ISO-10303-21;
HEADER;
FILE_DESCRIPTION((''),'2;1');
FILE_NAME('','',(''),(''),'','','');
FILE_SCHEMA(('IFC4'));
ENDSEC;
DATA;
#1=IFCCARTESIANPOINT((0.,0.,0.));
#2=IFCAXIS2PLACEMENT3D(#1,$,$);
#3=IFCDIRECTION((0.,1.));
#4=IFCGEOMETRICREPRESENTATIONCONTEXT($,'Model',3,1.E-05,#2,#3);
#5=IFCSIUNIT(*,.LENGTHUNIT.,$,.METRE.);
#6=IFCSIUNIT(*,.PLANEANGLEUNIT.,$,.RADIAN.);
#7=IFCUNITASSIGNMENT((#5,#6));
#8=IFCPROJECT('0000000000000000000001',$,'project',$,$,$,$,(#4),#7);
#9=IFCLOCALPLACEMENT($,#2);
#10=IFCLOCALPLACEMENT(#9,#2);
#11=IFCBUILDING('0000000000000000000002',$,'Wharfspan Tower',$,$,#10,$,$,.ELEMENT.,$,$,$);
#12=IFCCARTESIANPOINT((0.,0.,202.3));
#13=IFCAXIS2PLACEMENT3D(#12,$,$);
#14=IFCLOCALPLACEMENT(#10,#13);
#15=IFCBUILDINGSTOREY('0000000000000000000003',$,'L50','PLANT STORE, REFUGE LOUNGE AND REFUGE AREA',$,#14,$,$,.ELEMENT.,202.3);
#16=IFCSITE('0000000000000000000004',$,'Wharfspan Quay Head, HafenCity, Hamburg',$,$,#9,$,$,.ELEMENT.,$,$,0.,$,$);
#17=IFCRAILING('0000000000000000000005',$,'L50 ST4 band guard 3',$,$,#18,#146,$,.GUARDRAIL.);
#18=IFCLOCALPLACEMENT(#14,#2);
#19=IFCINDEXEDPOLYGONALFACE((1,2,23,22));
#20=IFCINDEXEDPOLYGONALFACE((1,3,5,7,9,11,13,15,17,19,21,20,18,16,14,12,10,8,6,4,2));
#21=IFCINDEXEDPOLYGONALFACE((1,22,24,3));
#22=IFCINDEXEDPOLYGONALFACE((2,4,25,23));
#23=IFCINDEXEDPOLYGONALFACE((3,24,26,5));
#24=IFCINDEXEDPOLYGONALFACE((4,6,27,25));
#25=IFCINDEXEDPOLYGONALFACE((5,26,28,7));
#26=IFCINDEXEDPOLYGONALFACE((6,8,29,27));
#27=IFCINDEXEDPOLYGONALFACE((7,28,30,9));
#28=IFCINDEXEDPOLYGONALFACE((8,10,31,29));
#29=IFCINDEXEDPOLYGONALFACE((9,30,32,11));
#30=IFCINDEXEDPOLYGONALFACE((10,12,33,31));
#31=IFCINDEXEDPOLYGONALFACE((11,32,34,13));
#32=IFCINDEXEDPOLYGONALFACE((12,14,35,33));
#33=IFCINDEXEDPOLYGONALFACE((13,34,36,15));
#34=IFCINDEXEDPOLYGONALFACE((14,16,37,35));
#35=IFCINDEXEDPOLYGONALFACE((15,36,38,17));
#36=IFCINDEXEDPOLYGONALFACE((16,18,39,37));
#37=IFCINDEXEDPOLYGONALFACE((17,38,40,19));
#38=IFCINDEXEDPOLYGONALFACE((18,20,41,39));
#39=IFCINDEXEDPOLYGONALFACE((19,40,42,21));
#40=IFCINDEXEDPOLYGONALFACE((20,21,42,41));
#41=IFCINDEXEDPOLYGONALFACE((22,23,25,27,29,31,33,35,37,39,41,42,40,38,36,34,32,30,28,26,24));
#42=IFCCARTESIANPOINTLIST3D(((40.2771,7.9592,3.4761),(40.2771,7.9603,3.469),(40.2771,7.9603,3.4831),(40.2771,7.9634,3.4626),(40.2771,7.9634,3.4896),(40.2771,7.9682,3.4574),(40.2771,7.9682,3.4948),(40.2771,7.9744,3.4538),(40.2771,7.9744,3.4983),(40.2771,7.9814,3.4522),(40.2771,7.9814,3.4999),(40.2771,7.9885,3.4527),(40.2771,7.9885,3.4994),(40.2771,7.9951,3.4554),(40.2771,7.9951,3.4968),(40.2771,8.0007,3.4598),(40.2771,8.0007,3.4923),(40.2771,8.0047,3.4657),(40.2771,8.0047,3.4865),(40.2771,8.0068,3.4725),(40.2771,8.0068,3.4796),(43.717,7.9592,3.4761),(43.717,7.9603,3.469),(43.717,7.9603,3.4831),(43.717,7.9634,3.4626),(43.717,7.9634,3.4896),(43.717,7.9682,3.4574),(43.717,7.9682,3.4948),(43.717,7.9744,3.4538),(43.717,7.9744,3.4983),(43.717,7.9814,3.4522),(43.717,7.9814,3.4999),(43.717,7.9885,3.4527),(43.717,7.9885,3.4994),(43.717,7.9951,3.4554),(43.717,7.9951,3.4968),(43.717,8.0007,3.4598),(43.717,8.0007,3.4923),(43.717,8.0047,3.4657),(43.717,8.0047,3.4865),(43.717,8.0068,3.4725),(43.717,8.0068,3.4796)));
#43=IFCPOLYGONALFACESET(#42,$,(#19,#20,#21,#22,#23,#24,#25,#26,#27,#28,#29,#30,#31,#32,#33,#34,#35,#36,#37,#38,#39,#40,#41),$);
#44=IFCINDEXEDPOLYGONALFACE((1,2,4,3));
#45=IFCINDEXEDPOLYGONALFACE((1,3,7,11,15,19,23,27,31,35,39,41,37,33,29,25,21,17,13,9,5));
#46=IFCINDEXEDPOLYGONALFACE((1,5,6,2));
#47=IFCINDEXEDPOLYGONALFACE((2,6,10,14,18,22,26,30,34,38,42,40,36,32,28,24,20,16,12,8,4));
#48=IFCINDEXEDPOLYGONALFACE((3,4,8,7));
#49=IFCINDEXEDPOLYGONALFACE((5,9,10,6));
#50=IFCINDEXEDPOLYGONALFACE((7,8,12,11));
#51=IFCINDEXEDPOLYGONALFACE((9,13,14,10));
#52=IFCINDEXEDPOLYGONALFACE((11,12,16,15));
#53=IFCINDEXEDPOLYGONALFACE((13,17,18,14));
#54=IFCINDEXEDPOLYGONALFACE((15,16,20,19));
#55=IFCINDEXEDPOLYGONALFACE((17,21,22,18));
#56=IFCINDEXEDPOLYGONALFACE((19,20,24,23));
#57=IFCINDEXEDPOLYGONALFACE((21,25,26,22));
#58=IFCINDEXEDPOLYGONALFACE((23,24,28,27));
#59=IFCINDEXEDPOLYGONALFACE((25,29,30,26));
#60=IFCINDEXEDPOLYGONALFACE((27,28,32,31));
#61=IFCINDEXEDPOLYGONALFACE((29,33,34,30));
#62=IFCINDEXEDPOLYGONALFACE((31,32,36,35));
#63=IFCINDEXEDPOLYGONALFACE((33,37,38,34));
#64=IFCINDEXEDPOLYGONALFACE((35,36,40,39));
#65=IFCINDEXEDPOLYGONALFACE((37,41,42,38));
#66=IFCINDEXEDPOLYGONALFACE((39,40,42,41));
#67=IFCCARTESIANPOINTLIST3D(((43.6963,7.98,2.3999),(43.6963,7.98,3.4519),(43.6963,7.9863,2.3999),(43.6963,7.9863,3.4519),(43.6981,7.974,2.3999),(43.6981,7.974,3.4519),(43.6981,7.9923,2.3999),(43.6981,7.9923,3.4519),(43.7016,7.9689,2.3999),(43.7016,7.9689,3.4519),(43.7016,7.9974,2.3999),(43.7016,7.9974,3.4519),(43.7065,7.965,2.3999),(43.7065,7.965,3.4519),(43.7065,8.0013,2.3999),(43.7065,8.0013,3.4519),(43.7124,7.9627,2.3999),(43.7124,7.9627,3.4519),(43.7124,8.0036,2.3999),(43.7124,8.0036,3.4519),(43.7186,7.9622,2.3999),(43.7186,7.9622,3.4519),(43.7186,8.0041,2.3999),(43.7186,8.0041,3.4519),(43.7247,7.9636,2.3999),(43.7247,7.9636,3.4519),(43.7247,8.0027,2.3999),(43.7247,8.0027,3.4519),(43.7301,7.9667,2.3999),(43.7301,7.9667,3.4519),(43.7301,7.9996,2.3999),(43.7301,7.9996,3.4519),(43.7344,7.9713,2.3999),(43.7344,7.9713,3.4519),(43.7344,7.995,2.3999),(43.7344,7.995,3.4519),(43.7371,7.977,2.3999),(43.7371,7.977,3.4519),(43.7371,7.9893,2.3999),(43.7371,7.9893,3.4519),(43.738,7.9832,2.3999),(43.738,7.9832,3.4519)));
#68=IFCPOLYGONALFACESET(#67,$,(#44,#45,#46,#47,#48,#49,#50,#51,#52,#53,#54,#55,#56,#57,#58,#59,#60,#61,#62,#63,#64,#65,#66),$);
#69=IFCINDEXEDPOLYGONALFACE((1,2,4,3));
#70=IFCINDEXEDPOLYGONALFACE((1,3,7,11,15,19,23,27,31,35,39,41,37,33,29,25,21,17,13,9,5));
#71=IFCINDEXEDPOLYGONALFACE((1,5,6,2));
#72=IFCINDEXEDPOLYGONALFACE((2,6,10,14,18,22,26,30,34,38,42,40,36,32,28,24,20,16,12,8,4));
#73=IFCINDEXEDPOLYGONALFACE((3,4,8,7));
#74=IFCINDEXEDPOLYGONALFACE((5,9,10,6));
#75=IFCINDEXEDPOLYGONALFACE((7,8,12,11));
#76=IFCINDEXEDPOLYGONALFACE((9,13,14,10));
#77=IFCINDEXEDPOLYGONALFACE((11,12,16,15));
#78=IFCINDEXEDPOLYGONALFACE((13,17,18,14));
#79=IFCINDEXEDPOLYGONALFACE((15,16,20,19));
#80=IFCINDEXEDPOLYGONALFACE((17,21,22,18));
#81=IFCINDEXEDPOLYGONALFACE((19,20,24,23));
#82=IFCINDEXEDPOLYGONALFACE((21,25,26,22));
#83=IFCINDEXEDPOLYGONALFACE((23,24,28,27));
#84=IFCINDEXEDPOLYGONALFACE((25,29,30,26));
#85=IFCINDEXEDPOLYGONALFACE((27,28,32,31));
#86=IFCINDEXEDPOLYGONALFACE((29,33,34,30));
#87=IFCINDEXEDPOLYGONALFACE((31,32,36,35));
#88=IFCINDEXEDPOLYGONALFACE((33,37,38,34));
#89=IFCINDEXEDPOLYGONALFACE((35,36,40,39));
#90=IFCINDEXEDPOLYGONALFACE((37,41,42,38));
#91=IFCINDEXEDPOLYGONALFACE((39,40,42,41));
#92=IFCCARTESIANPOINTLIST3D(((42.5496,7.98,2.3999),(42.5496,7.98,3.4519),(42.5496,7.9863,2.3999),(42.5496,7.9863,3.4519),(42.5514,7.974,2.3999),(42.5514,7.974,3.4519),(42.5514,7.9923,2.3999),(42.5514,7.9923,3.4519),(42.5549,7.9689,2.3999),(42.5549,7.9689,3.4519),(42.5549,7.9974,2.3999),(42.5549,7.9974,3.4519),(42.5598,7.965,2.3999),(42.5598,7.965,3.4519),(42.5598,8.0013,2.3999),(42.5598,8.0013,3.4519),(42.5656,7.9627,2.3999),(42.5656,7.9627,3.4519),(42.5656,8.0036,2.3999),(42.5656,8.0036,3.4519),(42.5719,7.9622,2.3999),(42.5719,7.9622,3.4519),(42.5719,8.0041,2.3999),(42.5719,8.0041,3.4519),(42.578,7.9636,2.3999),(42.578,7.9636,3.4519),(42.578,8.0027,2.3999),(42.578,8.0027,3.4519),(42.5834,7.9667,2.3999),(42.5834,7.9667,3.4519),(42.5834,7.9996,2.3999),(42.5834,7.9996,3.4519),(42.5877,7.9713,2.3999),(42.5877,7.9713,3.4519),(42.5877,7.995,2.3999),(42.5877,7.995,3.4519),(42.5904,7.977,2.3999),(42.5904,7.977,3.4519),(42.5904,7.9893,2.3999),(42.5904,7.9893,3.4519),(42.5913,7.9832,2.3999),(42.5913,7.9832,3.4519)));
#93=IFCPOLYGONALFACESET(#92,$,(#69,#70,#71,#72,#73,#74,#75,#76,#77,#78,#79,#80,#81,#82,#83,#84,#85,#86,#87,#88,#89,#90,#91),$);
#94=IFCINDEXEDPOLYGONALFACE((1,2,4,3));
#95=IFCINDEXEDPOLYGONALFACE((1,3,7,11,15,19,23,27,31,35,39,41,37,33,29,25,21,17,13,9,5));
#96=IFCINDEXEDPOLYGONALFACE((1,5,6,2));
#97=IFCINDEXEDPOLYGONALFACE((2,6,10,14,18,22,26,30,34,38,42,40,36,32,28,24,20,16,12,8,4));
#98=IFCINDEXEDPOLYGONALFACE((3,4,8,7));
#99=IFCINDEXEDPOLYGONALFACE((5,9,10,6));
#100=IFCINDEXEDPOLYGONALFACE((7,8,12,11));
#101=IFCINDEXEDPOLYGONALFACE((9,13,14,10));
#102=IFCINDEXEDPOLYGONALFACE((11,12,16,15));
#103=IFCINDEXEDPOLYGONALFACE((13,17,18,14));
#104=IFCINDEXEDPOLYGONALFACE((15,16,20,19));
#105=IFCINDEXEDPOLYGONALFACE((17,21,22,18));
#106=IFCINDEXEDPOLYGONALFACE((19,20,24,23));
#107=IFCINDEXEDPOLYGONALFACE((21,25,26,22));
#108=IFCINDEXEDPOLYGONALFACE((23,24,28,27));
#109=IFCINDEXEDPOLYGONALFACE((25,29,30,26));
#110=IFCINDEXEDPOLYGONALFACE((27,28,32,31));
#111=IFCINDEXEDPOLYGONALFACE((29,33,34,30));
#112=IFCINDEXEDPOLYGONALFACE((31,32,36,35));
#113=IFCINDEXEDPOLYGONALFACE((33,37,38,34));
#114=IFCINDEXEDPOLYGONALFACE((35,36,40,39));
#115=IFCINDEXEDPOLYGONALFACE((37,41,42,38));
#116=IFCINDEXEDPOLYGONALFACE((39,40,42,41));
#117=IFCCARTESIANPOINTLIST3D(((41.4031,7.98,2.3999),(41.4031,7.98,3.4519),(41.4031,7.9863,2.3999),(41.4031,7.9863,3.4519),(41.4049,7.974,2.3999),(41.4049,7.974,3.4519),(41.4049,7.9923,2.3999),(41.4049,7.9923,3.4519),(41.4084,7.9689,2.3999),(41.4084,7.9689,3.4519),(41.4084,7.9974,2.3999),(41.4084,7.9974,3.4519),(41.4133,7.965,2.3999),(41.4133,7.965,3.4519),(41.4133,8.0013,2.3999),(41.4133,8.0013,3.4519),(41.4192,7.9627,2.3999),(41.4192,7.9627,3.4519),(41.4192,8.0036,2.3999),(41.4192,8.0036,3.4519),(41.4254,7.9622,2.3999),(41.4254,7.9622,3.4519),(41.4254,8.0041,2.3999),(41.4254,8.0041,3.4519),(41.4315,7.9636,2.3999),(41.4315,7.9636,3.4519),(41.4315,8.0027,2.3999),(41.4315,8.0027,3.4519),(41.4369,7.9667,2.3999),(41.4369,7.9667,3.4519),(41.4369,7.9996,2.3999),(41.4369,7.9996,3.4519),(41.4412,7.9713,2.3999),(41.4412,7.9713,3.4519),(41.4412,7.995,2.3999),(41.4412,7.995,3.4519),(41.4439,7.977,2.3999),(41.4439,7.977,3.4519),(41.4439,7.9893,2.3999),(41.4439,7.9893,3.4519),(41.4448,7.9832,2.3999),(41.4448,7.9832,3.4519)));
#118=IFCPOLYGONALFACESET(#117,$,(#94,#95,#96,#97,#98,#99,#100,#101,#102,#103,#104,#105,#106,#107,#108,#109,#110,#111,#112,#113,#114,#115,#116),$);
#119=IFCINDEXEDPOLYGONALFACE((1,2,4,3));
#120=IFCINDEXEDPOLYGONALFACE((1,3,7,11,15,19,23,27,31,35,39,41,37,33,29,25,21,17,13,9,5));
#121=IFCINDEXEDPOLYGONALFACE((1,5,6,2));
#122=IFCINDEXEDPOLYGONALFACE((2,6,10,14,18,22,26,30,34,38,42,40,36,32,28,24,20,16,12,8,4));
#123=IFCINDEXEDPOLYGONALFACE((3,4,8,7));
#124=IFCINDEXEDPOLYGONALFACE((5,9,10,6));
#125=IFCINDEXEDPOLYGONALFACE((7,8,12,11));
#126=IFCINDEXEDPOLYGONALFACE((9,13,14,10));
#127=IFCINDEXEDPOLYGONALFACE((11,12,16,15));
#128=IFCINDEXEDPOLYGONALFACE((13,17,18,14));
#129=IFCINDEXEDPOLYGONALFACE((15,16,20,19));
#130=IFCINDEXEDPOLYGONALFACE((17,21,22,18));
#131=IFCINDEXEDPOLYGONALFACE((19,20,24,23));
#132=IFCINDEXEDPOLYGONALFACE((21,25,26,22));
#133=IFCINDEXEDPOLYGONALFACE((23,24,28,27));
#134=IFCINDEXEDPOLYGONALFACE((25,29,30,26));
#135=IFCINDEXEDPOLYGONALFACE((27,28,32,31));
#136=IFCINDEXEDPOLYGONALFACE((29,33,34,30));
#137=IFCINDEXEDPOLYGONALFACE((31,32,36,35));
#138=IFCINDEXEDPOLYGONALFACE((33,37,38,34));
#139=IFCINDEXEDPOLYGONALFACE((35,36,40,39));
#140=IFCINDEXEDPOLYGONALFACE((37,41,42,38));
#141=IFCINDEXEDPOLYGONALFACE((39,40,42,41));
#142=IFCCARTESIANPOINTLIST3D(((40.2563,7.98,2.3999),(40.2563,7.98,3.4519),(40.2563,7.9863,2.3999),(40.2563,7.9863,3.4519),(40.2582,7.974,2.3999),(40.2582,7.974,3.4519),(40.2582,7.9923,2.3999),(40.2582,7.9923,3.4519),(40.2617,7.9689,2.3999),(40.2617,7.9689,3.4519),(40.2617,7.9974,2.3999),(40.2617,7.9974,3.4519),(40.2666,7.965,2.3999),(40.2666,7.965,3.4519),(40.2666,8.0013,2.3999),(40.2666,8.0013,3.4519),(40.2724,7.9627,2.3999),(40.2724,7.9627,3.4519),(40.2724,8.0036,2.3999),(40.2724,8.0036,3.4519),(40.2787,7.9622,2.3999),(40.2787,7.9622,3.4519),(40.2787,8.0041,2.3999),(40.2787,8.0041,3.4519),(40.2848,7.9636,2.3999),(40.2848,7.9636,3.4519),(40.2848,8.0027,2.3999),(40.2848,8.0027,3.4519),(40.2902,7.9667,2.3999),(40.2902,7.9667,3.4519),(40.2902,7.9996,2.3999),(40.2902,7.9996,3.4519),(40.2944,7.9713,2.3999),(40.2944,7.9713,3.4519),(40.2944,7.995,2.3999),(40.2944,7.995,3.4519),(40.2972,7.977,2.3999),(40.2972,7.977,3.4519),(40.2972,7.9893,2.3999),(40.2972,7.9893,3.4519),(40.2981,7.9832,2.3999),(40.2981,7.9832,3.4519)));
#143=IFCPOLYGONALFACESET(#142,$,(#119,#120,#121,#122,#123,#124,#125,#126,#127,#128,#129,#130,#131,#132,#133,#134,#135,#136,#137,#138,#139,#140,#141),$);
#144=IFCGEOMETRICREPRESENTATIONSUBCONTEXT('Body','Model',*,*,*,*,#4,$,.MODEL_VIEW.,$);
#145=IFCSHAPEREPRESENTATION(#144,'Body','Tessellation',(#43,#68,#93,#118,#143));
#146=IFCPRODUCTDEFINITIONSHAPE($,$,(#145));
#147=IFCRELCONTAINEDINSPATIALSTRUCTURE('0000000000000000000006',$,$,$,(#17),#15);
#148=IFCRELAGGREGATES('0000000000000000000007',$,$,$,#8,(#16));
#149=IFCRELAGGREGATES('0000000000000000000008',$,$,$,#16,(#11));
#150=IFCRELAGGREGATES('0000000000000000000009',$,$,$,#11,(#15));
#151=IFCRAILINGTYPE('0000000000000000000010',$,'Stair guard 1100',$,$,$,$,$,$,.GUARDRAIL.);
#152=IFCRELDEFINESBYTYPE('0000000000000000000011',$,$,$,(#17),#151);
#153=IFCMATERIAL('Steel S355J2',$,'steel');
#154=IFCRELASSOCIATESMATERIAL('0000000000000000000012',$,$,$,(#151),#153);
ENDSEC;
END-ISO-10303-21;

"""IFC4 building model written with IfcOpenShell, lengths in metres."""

from ifc_helpers import new_model, si_unit, direction, frame, origin, origin_2d, place, context, subcontext, project, spatial, circle, extrude, material, type_object, element, save


model = new_model("IFC4")

# Units and contexts
model_context = context("Model", 3, precision=1e-05, world=origin(), true_north=direction((0.0, 1.0)))
body_context = subcontext(model_context, "Body", "Model", "MODEL_VIEW")
ifc_project = project(units=[si_unit("LENGTHUNIT", "METRE"), si_unit("PLANEANGLEUNIT", "RADIAN")], contexts=[model_context])

# Site, building, storey
site_placement = place(None, origin())
site = spatial("IfcSite", under=ifc_project, at=site_placement, Name="Wharfspan Quay Head, HafenCity, Hamburg", CompositionType="ELEMENT", RefElevation=0.0)
building_placement = place(site_placement, origin())
building = spatial("IfcBuilding", under=site, at=building_placement, Name="Wharfspan Tower", CompositionType="ELEMENT")
storey_placement = place(building_placement, frame((0.0, 0.0, 202.3)))
storey = spatial("IfcBuildingStorey", under=building, at=storey_placement, Name="L50", Description="PLANT STORE, REFUGE LOUNGE AND REFUGE AREA", CompositionType="ELEMENT", Elevation=202.3)

# Railing
ifc_material_1 = material(Name="Steel S355J2", Category="steel")
railing_type_1 = type_object("IfcRailingType", Name="Stair guard 1100", PredefinedType="GUARDRAIL", material=ifc_material_1)
railing_1_placement = place(storey_placement, frame((43.717, 7.9832, 2.3999)))
element("IfcRailing", 1, at=railing_1_placement, inside=storey, type_object=railing_type_1, Name="L50 ST4 band guard 3", PredefinedType="GUARDRAIL", context=body_context, shape_type="SweptSolid", body=[
    extrude(circle(Radius=0.0239, at=origin_2d()), frame((0.0, 0.0, 1.0762), z_axis=(-1.0, 0.0, 0.0), x_axis=(0.0, -1.0, 0.0)), (0.0, 0.0, 1.0), 3.4399),
    extrude(circle(Radius=0.021, at=origin_2d()), origin(), (0.0, 0.0, 1.0), 1.052),
    extrude(circle(Radius=0.021, at=origin_2d()), frame((-1.1467, 0.0, 0.0)), (0.0, 0.0, 1.0), 1.052),
    extrude(circle(Radius=0.021, at=origin_2d()), frame((-2.2932, 0.0, 0.0)), (0.0, 0.0, 1.0), 1.052),
    extrude(circle(Radius=0.021, at=origin_2d()), frame((-3.4399, 0.0, 0.0)), (0.0, 0.0, 1.0), 1.052),
])

save(model, "model.ifc")
